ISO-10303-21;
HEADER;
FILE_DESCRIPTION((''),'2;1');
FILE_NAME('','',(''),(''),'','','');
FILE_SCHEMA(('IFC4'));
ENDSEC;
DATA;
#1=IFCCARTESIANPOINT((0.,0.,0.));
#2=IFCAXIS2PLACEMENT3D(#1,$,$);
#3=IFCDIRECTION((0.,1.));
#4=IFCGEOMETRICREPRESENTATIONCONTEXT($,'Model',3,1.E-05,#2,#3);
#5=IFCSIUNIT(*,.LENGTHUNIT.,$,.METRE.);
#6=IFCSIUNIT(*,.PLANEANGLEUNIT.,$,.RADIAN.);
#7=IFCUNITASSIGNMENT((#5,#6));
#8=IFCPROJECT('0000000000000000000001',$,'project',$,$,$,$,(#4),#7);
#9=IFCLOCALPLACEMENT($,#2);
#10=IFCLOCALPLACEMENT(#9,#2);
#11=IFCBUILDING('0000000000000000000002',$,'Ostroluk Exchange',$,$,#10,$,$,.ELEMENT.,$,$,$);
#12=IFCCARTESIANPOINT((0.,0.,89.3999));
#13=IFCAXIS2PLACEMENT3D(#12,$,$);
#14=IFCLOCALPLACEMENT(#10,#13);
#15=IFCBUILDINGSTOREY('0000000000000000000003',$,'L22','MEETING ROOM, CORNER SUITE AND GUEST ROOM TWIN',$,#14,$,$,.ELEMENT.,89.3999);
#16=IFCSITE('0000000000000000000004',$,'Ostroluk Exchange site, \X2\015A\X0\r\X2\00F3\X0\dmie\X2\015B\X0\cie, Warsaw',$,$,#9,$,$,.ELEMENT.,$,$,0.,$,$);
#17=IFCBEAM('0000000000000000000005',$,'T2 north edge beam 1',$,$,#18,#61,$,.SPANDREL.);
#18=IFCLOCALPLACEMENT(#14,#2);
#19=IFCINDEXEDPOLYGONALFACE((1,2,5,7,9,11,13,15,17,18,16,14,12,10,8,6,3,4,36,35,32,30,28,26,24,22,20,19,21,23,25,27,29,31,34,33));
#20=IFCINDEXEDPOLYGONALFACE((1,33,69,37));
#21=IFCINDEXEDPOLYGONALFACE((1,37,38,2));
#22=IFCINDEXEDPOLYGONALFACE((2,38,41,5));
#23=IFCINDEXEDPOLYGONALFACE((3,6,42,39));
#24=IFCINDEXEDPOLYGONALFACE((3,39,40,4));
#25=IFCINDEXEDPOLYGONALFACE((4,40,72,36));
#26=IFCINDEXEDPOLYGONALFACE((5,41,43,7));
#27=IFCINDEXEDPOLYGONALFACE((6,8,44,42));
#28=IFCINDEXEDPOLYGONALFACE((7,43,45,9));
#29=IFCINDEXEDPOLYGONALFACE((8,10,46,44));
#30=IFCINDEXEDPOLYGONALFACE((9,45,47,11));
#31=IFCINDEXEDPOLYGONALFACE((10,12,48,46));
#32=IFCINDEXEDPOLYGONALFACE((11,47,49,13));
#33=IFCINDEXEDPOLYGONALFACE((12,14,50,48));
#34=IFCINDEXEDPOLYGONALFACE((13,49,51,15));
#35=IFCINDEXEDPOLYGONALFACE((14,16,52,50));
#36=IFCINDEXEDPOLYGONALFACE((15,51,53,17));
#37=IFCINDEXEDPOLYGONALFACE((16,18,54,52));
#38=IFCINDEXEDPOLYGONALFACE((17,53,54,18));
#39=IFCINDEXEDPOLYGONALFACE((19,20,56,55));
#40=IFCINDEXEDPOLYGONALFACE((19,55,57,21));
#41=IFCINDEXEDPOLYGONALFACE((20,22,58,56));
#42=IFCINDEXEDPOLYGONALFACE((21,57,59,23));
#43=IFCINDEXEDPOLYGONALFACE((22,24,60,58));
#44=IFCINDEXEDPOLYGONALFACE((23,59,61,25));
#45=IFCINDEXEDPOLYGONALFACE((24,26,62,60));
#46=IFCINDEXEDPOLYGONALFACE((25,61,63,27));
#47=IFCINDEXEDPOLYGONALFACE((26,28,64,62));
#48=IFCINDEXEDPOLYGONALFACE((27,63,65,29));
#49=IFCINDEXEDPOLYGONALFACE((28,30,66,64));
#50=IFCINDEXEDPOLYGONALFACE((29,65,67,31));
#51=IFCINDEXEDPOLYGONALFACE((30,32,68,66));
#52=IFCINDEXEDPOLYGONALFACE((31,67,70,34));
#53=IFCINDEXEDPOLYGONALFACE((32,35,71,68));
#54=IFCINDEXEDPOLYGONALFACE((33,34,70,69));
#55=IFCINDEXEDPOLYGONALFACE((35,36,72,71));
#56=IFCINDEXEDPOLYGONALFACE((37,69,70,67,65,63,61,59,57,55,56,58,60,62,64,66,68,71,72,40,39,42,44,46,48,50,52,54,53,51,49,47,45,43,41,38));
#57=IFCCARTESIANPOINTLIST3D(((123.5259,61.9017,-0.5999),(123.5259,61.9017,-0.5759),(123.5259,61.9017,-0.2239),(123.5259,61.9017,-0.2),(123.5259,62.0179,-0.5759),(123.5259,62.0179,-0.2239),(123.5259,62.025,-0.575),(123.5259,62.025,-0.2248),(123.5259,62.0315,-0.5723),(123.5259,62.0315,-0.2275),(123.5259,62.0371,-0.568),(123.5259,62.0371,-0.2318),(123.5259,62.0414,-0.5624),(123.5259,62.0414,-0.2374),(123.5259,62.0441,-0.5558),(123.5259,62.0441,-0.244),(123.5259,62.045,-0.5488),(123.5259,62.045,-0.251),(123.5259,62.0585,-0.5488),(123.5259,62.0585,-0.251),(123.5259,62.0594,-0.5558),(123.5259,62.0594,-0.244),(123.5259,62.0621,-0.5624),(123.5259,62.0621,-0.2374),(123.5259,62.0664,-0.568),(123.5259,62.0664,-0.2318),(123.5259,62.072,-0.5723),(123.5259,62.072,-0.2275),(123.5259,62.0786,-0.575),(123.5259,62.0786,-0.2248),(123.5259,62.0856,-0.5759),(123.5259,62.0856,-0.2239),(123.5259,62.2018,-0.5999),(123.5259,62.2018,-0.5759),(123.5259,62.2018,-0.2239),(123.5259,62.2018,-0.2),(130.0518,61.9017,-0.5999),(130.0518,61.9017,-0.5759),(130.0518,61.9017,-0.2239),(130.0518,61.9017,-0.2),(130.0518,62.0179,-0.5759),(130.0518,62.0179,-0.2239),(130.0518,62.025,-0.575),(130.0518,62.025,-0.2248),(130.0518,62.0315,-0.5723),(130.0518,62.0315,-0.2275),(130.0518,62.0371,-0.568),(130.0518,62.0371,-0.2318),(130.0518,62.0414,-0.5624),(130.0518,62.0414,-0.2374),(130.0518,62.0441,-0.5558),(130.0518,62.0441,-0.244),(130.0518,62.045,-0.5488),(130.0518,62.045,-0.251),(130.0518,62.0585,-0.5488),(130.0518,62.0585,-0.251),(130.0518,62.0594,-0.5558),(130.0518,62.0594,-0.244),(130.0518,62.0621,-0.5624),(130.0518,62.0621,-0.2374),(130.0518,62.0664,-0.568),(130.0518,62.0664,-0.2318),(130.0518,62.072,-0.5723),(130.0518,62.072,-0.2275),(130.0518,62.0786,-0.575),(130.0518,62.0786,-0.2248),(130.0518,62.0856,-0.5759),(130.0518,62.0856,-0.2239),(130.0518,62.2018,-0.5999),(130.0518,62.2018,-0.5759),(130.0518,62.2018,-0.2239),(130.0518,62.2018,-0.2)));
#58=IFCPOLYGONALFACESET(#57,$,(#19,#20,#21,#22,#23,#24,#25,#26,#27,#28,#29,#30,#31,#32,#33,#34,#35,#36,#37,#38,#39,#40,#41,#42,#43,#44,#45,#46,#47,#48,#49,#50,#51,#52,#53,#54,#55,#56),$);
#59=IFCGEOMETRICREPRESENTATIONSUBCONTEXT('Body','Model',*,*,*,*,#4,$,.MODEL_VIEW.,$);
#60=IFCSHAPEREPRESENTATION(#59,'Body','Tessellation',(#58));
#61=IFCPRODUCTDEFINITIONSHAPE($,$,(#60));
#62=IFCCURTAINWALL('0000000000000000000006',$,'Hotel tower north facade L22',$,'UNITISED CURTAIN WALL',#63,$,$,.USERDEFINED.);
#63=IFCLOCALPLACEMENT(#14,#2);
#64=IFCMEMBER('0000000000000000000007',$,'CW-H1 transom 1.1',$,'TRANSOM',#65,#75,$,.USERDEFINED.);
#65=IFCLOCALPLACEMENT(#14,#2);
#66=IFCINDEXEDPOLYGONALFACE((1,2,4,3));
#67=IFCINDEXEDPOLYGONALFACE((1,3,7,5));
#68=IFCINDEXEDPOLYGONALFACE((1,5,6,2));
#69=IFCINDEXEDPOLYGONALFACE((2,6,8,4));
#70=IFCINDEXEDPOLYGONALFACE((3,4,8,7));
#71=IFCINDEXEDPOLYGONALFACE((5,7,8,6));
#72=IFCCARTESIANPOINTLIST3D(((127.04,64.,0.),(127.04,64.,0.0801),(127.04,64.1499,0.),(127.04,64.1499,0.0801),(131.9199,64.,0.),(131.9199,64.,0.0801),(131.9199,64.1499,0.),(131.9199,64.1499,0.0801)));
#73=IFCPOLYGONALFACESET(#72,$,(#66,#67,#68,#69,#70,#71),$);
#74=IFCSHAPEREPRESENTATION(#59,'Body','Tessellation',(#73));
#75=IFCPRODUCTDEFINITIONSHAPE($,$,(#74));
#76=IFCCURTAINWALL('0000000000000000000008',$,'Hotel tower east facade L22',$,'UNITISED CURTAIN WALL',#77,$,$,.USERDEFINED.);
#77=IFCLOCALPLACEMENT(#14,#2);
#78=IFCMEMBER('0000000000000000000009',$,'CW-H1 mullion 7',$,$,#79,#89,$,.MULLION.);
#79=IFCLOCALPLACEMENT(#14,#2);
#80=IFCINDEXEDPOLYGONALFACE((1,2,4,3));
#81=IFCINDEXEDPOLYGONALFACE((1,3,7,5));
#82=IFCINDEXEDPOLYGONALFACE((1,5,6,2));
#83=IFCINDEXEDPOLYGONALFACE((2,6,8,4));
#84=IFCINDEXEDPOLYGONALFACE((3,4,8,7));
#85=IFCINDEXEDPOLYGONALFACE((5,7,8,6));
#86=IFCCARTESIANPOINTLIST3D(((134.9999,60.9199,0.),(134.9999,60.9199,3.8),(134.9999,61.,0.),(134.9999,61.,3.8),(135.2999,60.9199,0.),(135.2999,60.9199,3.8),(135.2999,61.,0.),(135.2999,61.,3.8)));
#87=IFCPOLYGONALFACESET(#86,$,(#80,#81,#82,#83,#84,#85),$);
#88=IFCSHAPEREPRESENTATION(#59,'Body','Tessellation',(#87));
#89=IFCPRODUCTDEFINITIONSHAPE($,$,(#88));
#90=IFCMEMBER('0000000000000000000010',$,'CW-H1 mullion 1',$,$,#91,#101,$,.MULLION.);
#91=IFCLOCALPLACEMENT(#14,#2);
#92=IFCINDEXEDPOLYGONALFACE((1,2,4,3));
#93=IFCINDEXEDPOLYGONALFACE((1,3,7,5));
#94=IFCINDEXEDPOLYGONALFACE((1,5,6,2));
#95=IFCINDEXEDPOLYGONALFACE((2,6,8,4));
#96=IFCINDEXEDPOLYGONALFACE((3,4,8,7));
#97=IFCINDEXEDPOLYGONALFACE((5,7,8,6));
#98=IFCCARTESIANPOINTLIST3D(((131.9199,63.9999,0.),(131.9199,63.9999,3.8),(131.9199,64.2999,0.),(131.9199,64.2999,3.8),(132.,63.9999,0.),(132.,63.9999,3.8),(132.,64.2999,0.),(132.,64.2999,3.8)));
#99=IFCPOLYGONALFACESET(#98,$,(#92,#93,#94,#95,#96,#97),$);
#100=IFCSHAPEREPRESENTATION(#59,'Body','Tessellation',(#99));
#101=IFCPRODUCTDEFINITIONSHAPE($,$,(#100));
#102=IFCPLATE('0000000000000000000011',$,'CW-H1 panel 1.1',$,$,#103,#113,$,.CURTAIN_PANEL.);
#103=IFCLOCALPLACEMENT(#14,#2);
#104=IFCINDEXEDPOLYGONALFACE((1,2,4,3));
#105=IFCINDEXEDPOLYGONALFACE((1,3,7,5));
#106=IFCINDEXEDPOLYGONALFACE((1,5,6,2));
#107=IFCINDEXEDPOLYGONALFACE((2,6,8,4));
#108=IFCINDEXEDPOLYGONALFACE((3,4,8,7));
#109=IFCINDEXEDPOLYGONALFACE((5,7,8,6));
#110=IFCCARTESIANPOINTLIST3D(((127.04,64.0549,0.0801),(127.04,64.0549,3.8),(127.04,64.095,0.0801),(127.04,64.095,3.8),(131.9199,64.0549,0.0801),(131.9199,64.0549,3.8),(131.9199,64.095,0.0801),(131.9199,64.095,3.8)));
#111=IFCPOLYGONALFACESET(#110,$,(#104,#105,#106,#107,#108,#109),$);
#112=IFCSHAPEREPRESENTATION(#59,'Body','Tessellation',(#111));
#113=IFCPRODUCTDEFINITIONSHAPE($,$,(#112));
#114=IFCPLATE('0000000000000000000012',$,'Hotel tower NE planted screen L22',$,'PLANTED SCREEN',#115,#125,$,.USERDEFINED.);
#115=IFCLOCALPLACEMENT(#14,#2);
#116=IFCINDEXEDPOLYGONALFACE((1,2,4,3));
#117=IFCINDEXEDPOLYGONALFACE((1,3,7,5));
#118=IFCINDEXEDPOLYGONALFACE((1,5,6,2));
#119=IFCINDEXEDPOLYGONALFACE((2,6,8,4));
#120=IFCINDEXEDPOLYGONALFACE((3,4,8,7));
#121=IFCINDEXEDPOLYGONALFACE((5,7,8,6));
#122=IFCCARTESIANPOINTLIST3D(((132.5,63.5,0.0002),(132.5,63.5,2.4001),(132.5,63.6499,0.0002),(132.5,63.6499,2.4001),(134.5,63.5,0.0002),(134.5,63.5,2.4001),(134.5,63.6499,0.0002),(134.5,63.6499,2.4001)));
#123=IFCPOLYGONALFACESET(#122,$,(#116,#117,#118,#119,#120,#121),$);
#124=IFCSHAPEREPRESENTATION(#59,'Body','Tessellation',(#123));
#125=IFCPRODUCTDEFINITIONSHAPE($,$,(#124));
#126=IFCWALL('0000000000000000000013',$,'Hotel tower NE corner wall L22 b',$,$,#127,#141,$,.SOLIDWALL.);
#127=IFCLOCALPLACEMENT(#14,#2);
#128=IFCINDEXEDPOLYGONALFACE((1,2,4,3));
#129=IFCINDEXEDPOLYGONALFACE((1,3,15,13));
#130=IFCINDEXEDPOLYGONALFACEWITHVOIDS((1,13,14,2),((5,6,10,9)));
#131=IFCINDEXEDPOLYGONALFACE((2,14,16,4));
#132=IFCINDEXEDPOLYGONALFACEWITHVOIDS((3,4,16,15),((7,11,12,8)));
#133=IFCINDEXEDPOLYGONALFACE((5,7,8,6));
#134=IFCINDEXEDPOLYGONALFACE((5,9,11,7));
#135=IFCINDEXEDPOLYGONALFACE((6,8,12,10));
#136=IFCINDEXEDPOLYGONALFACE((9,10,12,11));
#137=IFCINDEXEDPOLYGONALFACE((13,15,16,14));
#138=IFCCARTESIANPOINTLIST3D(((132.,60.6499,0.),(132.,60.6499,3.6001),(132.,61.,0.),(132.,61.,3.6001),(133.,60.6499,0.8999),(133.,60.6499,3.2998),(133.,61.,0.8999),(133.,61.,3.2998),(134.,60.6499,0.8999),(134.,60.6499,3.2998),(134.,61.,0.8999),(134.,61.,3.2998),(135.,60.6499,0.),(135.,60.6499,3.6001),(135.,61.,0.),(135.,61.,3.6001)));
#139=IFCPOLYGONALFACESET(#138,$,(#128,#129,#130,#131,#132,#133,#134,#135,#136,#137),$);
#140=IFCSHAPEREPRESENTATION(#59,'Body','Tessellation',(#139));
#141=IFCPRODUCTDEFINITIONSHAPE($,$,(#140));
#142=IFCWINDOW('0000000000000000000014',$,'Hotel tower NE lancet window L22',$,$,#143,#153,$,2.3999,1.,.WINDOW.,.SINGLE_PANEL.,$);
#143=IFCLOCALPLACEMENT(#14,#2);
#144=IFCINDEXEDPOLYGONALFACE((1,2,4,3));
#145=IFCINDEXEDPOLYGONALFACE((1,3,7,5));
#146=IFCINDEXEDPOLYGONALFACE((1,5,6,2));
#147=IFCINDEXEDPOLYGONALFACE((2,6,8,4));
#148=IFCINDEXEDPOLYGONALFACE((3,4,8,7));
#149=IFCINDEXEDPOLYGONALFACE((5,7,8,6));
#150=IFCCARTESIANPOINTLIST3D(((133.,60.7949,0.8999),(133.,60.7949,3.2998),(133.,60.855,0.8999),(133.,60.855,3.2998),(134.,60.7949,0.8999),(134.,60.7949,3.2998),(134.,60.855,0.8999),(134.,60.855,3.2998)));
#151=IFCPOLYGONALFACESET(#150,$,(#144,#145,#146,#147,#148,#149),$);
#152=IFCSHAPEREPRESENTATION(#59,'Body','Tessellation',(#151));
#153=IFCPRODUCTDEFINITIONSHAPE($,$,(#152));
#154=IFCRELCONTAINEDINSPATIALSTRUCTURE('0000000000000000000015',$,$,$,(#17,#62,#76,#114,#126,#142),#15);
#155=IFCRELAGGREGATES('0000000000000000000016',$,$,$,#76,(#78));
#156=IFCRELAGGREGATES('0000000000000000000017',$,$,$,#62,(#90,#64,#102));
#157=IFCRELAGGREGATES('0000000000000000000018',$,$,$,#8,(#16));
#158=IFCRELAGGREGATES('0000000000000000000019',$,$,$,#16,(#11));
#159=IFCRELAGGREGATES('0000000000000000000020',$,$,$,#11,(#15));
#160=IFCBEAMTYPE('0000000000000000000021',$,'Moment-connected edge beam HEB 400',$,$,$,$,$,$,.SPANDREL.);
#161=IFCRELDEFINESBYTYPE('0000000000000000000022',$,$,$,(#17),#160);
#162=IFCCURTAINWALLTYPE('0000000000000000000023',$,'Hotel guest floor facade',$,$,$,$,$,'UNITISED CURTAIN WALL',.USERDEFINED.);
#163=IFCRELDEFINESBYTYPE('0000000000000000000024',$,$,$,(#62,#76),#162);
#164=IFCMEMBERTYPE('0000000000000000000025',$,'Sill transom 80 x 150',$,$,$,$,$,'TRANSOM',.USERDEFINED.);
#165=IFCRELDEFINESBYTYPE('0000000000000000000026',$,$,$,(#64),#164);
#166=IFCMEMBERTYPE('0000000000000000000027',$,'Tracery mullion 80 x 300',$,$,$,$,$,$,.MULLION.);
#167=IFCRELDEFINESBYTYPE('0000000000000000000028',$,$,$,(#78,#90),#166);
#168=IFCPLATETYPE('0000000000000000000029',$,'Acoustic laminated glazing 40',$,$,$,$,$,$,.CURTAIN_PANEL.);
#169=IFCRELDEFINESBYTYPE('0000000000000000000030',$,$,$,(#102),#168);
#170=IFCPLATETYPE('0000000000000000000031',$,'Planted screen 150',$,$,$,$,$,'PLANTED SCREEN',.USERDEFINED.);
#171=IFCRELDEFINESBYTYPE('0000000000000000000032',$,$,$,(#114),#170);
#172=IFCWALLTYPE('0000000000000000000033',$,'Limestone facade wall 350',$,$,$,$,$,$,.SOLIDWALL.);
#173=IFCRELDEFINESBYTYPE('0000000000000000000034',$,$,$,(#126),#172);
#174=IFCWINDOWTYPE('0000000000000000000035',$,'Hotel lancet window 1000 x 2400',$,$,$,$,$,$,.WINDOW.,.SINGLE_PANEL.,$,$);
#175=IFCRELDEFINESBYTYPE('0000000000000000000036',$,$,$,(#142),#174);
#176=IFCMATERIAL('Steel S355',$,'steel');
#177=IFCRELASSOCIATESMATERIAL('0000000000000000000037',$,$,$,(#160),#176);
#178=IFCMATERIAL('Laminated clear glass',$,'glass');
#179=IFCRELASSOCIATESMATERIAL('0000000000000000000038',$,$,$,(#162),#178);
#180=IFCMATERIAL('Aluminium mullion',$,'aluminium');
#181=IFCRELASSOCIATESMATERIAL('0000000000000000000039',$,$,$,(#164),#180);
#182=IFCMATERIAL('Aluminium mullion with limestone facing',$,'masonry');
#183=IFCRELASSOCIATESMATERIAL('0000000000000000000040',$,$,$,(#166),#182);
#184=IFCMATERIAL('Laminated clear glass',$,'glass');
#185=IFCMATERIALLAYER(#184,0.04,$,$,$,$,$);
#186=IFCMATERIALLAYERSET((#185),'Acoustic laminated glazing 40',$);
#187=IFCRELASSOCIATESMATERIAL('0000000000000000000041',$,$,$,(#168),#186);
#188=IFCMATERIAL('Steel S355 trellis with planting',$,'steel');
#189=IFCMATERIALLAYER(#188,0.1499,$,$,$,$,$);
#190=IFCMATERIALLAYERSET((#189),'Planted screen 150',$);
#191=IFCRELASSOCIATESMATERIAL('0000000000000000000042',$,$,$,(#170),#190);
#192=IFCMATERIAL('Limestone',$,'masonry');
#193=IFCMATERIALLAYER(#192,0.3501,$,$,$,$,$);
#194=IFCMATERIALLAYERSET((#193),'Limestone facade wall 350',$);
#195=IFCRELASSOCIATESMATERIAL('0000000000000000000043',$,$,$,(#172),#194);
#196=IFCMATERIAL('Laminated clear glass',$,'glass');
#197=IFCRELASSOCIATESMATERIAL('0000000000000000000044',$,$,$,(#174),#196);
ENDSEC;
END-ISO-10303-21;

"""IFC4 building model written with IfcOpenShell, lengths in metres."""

from ifc_helpers import new_model, si_unit, direction, frame, frame_2d, origin, origin_2d, place, context, subcontext, project, spatial, rectangle, i_section, extrude, material, layer, layer_set, material_profile, profile_set, type_object, element, fill, aggregate, save


model = new_model("IFC4")

# Units and contexts
model_context = context("Model", 3, precision=1e-05, world=origin(), true_north=direction((0.0, 1.0)))
body_context = subcontext(model_context, "Body", "Model", "MODEL_VIEW")
ifc_project = project(units=[si_unit("LENGTHUNIT", "METRE"), si_unit("PLANEANGLEUNIT", "RADIAN")], contexts=[model_context])

# Site, building, storey
site_placement = place(None, origin())
site = spatial("IfcSite", under=ifc_project, at=site_placement, Name="Ostroluk Exchange site, Śródmieście, Warsaw", CompositionType="ELEMENT", RefElevation=0.0)
building_placement = place(site_placement, origin())
building = spatial("IfcBuilding", under=site, at=building_placement, Name="Ostroluk Exchange", CompositionType="ELEMENT")
storey_placement = place(building_placement, frame((0.0, 0.0, 89.3999)))
storey = spatial("IfcBuildingStorey", under=building, at=storey_placement, Name="L22", Description="MEETING ROOM, CORNER SUITE AND GUEST ROOM TWIN", CompositionType="ELEMENT", Elevation=89.3999)

# Beam
ifc_material_1 = material(Name="Steel S355", Category="steel")
ifc_material_profile_1 = material_profile(ifc_material_1, i_section(OverallWidth=0.3, OverallDepth=0.3999, WebThickness=0.0134, FlangeThickness=0.0239, FilletRadius=0.0271, at=origin_2d()), Name="HEB 400")
ifc_profile_set_1 = profile_set([ifc_material_profile_1], Name="Steel S355")
beam_type_1 = type_object("IfcBeamType", Name="Moment-connected edge beam HEB 400", PredefinedType="SPANDREL", material=ifc_profile_set_1)
beam_1_placement = place(storey_placement, frame((130.0518, 62.0518, -0.3999), z_axis=(-1.0, 0.0, 0.0), x_axis=(0.0, -1.0, 0.0)))
element("IfcBeam", 1, at=beam_1_placement, inside=storey, type_object=beam_type_1, Name="T2 north edge beam 1", PredefinedType="SPANDREL", context=body_context, shape_type="SweptSolid", body=[
    extrude(i_section(OverallWidth=0.3, OverallDepth=0.3999, WebThickness=0.0134, FlangeThickness=0.0239, FilletRadius=0.0271, at=origin_2d()), origin(), (0.0, 0.0, 1.0), 6.5259),
])

# Curtain walls, members
ifc_material_2 = material(Name="Laminated clear glass", Category="glass")
curtain_wall_type = type_object("IfcCurtainWallType", Name="Hotel guest floor facade", ElementType="UNITISED CURTAIN WALL", PredefinedType="USERDEFINED", material=ifc_material_2)
curtain_wall_1_placement = place(storey_placement, origin())
curtain_wall_1 = element("IfcCurtainWall", 2, at=curtain_wall_1_placement, inside=storey, type_object=curtain_wall_type, Name="Hotel tower north facade L22", ObjectType="UNITISED CURTAIN WALL", PredefinedType="USERDEFINED")
ifc_material_3 = material(Name="Aluminium mullion", Category="aluminium")
ifc_material_profile_2 = material_profile(ifc_material_3, rectangle(XDim=0.1499, YDim=0.0801, at=origin_2d()), Name="Sill transom 80 x 150")
ifc_profile_set_2 = profile_set([ifc_material_profile_2], Name="Aluminium mullion")
member_type_1 = type_object("IfcMemberType", Name="Sill transom 80 x 150", ElementType="TRANSOM", PredefinedType="USERDEFINED", material=ifc_profile_set_2)
member_1_placement = place(storey_placement, frame((131.9199, 64.075, 0.04), z_axis=(-1.0, 0.0, 0.0), x_axis=(0.0, -1.0, 0.0)))
member_1 = element("IfcMember", 3, at=member_1_placement, type_object=member_type_1, Name="CW-H1 transom 1.1", ObjectType="TRANSOM", PredefinedType="USERDEFINED", context=body_context, shape_type="SweptSolid", body=[
    extrude(rectangle(XDim=0.1499, YDim=0.0801, at=origin_2d()), origin(), (0.0, 0.0, 1.0), 4.8799),
])
curtain_wall_2_placement = place(storey_placement, origin())
curtain_wall_2 = element("IfcCurtainWall", 4, at=curtain_wall_2_placement, inside=storey, type_object=curtain_wall_type, Name="Hotel tower east facade L22", ObjectType="UNITISED CURTAIN WALL", PredefinedType="USERDEFINED")
ifc_material_4 = material(Name="Aluminium mullion with limestone facing", Category="masonry")
ifc_material_profile_3 = material_profile(ifc_material_4, rectangle(XDim=0.3, YDim=0.0801, at=origin_2d()), Name="Tracery mullion 80 x 300")
ifc_profile_set_3 = profile_set([ifc_material_profile_3], Name="Aluminium mullion with limestone facing")
member_type_2 = type_object("IfcMemberType", Name="Tracery mullion 80 x 300", PredefinedType="MULLION", material=ifc_profile_set_3)
member_2_placement = place(storey_placement, frame((135.1499, 60.96, 0.0), z_axis=(0.0, 0.0, 1.0), x_axis=(-1.0, 0.0, 0.0)))
member_2 = element("IfcMember", 5, at=member_2_placement, type_object=member_type_2, Name="CW-H1 mullion 7", PredefinedType="MULLION", context=body_context, shape_type="SweptSolid", body=[
    extrude(rectangle(XDim=0.3, YDim=0.0801, at=origin_2d()), origin(), (0.0, 0.0, 1.0), 3.8),
])
aggregate(curtain_wall_2, [member_2])

# Member
member_3_placement = place(storey_placement, frame((131.96, 64.1499, 0.0), z_axis=(0.0, 0.0, 1.0), x_axis=(0.0, -1.0, 0.0)))
member_3 = element("IfcMember", 6, at=member_3_placement, type_object=member_type_2, Name="CW-H1 mullion 1", PredefinedType="MULLION", context=body_context, shape_type="SweptSolid", body=[
    extrude(rectangle(XDim=0.3, YDim=0.0801, at=origin_2d()), origin(), (0.0, 0.0, 1.0), 3.8),
])

# Plates
ifc_material_5 = material(Name="Laminated clear glass", Category="glass")
ifc_layer_1 = layer(ifc_material_5, 0.04)
ifc_layer_set_1 = layer_set([ifc_layer_1], Name="Acoustic laminated glazing 40")
plate_type_1 = type_object("IfcPlateType", Name="Acoustic laminated glazing 40", PredefinedType="CURTAIN_PANEL", material=ifc_layer_set_1)
plate_1_placement = place(storey_placement, frame((129.48, 64.075, 0.0801), z_axis=(0.0, 0.0, 1.0), x_axis=(-1.0, 0.0, 0.0)))
plate_1 = element("IfcPlate", 7, at=plate_1_placement, type_object=plate_type_1, Name="CW-H1 panel 1.1", PredefinedType="CURTAIN_PANEL", context=body_context, shape_type="SweptSolid", body=[
    extrude(rectangle(XDim=4.8799, YDim=0.04, at=origin_2d()), origin(), (0.0, 0.0, 1.0), 3.72),
])
aggregate(curtain_wall_1, [member_3, member_1, plate_1])
ifc_material_6 = material(Name="Steel S355 trellis with planting", Category="steel")
ifc_layer_2 = layer(ifc_material_6, 0.1499)
ifc_layer_set_2 = layer_set([ifc_layer_2], Name="Planted screen 150")
plate_type_2 = type_object("IfcPlateType", Name="Planted screen 150", ElementType="PLANTED SCREEN", PredefinedType="USERDEFINED", material=ifc_layer_set_2)
plate_2_placement = place(storey_placement, frame((133.5, 63.575, 0.0002), z_axis=(0.0, 0.0, 1.0), x_axis=(1.0, 0.0, 0.0)))
element("IfcPlate", 8, at=plate_2_placement, inside=storey, type_object=plate_type_2, Name="Hotel tower NE planted screen L22", ObjectType="PLANTED SCREEN", PredefinedType="USERDEFINED", context=body_context, shape_type="SweptSolid", body=[
    extrude(rectangle(XDim=2.0, YDim=0.1499, at=origin_2d()), origin(), (0.0, 0.0, 1.0), 2.3999),
])

# Shared definitions
ifc_material_7 = material(Name="Limestone", Category="masonry")
ifc_layer_3 = layer(ifc_material_7, 0.3501)
ifc_layer_set_3 = layer_set([ifc_layer_3], Name="Limestone facade wall 350")
wall_type_1 = type_object("IfcWallType", Name="Limestone facade wall 350", PredefinedType="SOLIDWALL", material=ifc_layer_set_3)

# Wall, opening, window
wall_1_placement = place(storey_placement, frame((132.0, 60.825, 0.0), z_axis=(0.0, 0.0, 1.0), x_axis=(1.0, 0.0, 0.0)))
wall_1 = element("IfcWall", 9, at=wall_1_placement, inside=storey, type_object=wall_type_1, Name="Hotel tower NE corner wall L22 b", PredefinedType="SOLIDWALL", context=body_context, shape_type="SweptSolid", body=[
    extrude(rectangle(XDim=3.0, YDim=0.3501, at=frame_2d((1.5, 0.0))), origin(), (0.0, 0.0, 1.0), 3.6001),
])
opening_1_placement = place(wall_1_placement, frame((1.0, 0.0, 0.8999)))
opening_1 = element("IfcOpeningElement", 10, at=opening_1_placement, cuts=wall_1, PredefinedType="OPENING", context=body_context, shape_type="SweptSolid", body=[
    extrude(rectangle(XDim=1.0, YDim=2.3999, at=frame_2d((0.5, 1.2))), frame((0.0, 0.1851, 0.0), z_axis=(0.0, -1.0, 0.0), x_axis=(1.0, 0.0, 0.0)), (0.0, 0.0, 1.0), 0.3701),
])
ifc_material_8 = material(Name="Laminated clear glass", Category="glass")
window_type = type_object("IfcWindowType", Name="Hotel lancet window 1000 x 2400", PartitioningType="SINGLE_PANEL", PredefinedType="WINDOW", material=ifc_material_8)
window_placement = place(opening_1_placement, origin())
window = element("IfcWindow", 11, at=window_placement, inside=storey, type_object=window_type, Name="Hotel tower NE lancet window L22", OverallHeight=2.3999, OverallWidth=1.0, PartitioningType="SINGLE_PANEL", PredefinedType="WINDOW", context=body_context, shape_type="SweptSolid", body=[
    extrude(rectangle(XDim=1.0, YDim=2.3999, at=frame_2d((0.5, 1.2))), frame((0.0, 0.03, 0.0), z_axis=(0.0, -1.0, 0.0), x_axis=(1.0, 0.0, 0.0)), (0.0, 0.0, 1.0), 0.0601),
])
fill(opening_1, window)

save(model, "model.ifc")
